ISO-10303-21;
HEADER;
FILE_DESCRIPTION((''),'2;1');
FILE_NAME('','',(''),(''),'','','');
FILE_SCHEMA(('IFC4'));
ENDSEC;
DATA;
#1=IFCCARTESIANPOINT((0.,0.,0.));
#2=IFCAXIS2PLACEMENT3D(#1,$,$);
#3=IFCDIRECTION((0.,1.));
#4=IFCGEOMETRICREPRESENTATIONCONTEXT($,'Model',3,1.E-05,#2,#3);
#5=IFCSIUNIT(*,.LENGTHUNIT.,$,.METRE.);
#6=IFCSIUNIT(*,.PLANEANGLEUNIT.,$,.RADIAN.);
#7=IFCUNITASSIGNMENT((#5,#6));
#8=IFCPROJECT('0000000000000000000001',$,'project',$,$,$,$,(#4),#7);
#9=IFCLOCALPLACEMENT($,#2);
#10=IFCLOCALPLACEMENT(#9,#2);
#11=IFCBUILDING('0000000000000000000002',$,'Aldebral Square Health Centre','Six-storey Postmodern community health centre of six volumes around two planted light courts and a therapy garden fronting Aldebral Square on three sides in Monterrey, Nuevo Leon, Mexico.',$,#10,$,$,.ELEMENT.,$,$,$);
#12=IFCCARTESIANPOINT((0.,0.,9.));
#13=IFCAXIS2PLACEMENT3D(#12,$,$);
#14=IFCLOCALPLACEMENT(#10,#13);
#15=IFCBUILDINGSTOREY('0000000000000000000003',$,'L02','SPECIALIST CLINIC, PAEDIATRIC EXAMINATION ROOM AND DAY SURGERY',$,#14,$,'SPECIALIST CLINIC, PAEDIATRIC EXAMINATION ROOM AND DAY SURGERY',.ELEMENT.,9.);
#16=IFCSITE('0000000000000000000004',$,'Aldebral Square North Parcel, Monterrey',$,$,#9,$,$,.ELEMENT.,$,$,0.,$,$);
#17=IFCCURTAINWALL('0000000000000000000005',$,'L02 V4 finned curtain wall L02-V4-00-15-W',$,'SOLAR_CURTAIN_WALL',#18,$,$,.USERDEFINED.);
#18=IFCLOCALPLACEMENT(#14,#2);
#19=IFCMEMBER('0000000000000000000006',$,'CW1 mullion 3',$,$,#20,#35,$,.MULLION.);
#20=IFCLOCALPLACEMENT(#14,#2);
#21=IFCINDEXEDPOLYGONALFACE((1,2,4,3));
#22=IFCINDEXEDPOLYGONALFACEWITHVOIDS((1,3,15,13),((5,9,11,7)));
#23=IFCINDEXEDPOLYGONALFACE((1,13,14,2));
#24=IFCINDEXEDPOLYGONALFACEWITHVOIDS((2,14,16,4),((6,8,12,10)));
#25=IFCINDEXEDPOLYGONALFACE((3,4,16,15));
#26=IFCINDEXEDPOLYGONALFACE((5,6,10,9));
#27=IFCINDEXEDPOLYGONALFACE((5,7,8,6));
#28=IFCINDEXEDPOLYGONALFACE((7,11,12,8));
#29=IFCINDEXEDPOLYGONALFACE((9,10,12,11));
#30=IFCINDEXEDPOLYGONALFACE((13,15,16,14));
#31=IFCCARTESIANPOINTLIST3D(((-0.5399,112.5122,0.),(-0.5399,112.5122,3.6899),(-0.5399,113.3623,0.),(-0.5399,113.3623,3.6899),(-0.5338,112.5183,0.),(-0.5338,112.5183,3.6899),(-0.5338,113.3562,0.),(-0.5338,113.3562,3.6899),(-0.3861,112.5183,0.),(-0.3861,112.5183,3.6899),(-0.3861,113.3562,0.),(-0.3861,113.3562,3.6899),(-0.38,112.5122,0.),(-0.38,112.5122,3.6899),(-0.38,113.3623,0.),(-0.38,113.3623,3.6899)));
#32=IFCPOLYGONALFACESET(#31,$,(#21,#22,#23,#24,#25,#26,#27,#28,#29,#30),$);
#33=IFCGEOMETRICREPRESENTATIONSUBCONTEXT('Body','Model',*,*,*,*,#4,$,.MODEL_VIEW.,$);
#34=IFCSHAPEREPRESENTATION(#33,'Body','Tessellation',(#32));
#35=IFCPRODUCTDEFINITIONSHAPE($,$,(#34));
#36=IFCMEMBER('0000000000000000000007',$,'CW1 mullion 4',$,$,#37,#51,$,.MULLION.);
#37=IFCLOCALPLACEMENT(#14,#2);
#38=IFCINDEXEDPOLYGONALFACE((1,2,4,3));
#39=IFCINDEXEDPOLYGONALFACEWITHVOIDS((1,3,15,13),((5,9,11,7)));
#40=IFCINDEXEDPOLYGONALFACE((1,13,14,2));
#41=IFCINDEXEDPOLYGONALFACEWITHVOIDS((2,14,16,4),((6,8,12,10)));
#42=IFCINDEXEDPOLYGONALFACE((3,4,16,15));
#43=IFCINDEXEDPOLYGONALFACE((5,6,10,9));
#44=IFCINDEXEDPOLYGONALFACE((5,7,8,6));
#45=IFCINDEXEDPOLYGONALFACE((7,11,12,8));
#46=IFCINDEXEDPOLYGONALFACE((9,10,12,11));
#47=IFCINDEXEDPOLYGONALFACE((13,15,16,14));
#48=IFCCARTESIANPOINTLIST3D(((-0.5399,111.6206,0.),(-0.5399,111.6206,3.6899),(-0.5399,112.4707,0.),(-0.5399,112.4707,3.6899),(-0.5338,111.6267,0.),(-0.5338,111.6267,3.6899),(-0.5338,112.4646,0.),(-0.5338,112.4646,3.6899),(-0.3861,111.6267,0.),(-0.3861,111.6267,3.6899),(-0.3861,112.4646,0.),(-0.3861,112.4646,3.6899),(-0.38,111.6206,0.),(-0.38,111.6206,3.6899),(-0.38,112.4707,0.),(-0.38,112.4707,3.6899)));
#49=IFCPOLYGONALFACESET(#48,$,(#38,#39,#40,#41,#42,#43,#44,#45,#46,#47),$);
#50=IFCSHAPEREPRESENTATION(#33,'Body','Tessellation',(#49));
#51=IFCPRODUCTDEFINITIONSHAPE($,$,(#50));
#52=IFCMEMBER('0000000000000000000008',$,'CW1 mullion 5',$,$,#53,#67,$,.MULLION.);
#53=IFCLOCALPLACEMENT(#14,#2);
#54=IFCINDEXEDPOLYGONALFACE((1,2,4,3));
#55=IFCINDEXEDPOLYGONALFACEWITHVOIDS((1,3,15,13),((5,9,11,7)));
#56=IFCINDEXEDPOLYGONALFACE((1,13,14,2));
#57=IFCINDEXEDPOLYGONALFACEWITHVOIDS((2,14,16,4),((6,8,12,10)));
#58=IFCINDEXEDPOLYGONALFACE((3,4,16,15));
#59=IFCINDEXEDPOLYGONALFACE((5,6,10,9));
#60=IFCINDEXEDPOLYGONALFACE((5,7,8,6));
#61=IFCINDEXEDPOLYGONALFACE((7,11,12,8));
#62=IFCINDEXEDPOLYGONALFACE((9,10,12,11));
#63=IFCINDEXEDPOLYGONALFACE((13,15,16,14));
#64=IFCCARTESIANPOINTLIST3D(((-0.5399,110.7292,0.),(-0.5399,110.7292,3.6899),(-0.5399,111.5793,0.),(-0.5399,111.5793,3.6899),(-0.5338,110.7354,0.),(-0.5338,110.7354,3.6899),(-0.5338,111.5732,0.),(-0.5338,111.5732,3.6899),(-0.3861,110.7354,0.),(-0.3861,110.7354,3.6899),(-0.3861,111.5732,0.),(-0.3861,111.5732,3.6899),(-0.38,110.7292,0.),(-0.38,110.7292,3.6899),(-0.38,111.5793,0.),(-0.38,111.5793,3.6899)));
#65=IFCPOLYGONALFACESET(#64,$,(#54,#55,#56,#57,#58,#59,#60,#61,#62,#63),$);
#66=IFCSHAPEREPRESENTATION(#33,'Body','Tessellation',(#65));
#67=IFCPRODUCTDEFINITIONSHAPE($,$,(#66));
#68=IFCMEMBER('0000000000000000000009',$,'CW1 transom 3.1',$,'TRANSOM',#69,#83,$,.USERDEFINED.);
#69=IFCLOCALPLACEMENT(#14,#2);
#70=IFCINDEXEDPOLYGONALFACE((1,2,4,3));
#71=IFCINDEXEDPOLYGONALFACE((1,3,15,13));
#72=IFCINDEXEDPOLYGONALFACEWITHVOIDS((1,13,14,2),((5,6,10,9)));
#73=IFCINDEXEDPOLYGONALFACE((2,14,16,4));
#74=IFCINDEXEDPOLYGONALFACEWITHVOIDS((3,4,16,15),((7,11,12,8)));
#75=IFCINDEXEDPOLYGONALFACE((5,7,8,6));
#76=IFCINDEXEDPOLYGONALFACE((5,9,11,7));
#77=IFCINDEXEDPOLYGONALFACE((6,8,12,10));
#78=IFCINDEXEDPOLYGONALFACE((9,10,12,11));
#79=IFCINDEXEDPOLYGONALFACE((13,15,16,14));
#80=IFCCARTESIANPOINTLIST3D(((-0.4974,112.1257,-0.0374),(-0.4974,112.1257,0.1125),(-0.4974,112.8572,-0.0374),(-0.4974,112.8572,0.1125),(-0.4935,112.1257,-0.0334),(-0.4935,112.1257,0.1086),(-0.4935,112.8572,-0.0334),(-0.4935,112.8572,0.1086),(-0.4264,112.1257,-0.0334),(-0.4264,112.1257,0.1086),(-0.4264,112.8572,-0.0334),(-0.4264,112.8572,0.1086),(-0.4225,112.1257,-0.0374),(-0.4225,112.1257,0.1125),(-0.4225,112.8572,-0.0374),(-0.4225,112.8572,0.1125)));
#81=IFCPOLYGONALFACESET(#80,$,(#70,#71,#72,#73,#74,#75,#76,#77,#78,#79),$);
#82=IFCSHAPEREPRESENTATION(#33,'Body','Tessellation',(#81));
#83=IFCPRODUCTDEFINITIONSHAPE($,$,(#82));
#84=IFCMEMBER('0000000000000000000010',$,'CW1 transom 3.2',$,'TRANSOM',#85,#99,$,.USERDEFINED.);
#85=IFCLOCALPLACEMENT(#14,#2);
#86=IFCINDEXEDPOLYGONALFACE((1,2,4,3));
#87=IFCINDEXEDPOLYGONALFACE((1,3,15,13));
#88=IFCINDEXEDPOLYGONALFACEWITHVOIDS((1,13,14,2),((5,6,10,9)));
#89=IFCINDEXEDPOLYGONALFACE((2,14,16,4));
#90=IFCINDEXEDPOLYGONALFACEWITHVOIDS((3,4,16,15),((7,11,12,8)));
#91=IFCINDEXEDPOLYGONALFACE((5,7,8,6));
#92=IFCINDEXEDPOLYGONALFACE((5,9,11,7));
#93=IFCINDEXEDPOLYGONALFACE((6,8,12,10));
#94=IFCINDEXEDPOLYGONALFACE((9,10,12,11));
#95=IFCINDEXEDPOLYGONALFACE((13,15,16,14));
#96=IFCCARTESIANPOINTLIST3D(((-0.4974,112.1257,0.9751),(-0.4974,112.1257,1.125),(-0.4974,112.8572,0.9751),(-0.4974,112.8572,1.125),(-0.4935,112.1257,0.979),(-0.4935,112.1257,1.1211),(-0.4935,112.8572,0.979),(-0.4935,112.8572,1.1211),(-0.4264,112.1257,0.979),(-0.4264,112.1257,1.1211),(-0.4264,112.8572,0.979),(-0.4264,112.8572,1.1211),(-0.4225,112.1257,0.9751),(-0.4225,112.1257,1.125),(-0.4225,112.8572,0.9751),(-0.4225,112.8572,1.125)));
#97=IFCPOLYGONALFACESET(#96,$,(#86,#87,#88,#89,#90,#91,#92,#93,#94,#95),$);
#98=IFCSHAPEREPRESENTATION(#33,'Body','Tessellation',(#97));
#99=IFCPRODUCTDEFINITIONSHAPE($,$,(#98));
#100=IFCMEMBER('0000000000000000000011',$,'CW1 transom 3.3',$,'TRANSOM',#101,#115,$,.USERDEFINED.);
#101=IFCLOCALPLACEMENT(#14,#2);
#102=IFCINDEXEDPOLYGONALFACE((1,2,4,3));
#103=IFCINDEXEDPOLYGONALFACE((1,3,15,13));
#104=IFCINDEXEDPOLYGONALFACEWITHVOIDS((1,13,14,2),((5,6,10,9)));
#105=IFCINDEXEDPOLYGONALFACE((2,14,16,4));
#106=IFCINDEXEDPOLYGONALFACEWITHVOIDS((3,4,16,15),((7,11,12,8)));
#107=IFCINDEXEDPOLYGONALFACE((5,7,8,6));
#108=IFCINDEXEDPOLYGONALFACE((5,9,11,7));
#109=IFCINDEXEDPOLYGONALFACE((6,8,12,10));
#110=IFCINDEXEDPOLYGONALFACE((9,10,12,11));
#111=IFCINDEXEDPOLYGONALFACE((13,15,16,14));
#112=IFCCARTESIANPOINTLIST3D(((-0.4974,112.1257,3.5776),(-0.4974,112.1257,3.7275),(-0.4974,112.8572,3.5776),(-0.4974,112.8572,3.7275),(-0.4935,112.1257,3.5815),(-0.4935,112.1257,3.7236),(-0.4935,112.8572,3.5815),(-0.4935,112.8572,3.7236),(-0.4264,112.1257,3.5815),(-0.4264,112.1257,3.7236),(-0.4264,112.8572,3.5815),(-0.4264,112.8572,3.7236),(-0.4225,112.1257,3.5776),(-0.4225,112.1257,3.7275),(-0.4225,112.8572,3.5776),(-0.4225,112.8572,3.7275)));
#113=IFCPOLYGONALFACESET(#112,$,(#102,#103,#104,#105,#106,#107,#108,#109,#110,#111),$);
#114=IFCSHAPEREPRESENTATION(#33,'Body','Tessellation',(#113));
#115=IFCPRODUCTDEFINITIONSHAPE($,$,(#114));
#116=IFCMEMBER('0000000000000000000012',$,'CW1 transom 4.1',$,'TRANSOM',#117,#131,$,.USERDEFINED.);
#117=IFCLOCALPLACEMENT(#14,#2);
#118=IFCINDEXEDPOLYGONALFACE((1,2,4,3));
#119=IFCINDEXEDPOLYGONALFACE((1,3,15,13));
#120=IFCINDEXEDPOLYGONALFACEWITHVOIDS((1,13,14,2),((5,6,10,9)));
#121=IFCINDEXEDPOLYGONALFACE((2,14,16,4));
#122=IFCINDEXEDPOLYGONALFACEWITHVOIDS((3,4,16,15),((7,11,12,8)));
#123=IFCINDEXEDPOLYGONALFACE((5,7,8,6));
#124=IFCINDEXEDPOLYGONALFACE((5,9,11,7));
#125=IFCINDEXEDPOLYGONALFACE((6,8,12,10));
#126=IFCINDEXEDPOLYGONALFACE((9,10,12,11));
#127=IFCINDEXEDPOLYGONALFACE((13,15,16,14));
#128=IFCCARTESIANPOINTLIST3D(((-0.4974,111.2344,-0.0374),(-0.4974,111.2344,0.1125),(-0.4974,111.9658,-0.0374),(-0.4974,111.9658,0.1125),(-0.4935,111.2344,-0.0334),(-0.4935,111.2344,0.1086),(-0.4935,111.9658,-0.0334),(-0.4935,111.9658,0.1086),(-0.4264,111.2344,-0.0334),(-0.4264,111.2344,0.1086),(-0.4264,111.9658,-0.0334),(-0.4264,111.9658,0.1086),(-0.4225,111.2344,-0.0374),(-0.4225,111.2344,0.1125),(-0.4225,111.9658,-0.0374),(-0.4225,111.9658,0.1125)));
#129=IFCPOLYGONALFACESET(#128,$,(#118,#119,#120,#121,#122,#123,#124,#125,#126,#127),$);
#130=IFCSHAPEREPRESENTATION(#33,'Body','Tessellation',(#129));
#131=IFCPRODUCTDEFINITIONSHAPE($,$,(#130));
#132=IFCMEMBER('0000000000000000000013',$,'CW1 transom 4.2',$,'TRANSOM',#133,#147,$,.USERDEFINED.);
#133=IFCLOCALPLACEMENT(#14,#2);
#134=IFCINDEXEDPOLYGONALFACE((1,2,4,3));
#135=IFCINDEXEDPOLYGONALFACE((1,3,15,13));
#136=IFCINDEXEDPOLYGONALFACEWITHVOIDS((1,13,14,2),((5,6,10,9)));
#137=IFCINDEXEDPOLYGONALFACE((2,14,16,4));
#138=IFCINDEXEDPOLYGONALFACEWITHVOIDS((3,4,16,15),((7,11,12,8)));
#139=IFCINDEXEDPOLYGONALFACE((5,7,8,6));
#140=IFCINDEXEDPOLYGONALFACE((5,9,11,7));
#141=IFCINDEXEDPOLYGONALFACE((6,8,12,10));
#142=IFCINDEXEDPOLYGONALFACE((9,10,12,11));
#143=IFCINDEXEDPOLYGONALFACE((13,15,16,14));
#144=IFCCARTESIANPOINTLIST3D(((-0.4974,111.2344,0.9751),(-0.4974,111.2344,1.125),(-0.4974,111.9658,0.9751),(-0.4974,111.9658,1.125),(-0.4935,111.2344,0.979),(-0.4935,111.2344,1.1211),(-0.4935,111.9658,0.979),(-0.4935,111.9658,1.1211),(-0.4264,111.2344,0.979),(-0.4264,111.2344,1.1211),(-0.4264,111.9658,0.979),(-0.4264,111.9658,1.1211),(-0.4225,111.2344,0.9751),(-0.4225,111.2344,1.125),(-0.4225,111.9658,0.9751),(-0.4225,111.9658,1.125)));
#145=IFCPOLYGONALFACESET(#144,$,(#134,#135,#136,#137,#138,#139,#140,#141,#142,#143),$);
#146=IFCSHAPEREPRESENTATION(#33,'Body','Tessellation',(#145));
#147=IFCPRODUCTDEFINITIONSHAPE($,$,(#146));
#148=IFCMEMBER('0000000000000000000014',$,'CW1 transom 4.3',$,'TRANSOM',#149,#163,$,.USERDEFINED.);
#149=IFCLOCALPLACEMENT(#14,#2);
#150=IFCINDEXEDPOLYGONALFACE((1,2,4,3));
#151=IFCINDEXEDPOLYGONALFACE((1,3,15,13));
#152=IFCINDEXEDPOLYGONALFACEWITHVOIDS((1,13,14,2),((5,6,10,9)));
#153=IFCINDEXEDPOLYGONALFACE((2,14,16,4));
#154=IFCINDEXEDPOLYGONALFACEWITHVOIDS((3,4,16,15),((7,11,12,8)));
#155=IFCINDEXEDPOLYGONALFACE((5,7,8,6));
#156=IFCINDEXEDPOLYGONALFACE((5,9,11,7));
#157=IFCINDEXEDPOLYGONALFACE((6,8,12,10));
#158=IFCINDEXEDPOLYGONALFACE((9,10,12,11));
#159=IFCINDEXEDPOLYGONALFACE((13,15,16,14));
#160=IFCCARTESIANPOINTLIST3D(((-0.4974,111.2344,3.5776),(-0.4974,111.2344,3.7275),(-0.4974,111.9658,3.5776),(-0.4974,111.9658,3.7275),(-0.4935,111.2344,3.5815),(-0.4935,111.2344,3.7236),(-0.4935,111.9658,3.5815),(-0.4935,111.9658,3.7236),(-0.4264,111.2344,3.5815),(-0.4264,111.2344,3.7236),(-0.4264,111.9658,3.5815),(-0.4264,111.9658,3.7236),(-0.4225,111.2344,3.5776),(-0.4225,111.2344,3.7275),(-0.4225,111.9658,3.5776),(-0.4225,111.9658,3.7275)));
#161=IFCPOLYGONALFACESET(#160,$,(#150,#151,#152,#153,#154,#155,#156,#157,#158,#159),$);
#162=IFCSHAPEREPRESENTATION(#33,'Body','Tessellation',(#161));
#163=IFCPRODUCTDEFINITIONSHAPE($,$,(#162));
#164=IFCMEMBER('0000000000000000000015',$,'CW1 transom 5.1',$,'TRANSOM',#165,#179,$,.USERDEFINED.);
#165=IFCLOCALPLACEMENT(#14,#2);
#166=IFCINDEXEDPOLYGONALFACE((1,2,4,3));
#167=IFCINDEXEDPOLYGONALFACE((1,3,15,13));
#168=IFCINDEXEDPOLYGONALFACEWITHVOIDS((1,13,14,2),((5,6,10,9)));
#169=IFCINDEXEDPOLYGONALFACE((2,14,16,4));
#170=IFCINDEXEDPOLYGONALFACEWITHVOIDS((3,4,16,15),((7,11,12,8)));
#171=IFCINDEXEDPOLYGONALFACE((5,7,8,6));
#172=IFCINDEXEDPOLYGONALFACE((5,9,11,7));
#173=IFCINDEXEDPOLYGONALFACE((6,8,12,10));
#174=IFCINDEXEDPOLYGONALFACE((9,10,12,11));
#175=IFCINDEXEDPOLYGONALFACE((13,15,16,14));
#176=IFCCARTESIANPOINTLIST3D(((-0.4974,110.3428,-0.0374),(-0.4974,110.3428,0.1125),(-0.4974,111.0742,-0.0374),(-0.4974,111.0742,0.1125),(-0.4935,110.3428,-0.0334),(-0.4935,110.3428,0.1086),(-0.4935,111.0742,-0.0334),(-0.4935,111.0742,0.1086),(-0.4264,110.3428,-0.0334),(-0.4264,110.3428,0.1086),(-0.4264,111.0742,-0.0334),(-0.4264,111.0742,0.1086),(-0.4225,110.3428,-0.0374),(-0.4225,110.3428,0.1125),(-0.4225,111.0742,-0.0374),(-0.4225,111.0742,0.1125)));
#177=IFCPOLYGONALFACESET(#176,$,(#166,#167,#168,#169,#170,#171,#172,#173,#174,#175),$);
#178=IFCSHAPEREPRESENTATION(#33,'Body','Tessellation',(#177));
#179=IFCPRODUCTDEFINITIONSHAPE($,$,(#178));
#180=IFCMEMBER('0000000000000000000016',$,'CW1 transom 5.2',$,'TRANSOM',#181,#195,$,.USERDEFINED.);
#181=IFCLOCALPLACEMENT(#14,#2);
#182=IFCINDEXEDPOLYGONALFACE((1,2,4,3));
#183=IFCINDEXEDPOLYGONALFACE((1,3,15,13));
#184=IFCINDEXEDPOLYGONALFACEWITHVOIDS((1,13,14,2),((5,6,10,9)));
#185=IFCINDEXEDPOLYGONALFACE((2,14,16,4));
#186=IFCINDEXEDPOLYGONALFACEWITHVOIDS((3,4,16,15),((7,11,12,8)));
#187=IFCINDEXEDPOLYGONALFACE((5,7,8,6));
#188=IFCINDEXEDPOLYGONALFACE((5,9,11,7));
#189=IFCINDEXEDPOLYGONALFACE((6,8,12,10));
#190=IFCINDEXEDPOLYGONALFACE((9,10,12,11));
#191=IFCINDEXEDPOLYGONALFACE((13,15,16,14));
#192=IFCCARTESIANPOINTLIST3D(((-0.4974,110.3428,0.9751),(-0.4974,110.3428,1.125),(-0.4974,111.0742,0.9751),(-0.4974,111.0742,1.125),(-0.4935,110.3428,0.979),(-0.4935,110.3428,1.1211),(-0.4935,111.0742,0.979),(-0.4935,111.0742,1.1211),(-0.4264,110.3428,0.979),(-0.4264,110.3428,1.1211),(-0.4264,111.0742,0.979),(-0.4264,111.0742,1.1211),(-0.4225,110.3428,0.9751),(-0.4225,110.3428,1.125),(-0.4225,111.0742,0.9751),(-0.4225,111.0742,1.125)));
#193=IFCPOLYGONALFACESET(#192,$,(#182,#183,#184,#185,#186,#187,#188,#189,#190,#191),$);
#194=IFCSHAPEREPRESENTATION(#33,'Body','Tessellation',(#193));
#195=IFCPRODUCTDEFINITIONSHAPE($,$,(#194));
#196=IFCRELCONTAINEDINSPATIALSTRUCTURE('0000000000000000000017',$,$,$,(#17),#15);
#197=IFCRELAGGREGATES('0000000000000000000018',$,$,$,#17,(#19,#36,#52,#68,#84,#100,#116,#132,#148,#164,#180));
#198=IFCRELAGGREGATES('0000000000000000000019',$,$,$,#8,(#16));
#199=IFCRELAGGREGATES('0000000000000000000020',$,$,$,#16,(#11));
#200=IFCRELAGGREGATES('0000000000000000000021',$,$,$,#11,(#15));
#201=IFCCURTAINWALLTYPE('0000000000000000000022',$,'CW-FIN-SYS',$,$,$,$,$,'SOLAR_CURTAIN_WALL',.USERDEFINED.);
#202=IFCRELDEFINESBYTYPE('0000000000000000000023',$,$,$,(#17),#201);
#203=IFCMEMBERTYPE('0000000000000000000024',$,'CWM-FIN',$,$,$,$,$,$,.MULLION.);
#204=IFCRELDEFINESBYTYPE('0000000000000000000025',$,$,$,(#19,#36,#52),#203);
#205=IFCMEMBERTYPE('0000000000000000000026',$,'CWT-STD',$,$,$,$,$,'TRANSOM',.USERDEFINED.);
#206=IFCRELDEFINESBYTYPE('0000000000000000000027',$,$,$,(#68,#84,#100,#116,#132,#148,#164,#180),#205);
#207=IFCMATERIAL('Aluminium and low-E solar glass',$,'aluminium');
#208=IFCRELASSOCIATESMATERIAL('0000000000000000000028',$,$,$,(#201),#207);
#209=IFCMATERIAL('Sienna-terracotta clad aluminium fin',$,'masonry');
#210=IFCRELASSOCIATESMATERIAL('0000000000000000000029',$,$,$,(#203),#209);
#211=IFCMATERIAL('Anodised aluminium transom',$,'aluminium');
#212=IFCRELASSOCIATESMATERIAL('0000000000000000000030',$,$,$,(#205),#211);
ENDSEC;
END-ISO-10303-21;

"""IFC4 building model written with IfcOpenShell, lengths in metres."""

from ifc_helpers import new_model, si_unit, direction, frame, origin, origin_2d, place, context, subcontext, project, spatial, hollow_rectangle, extrude, material, material_profile, profile_set, type_object, element, aggregate, save


model = new_model("IFC4")

# Units and contexts
model_context = context("Model", 3, precision=1e-05, world=origin(), true_north=direction((0.0, 1.0)))
body_context = subcontext(model_context, "Body", "Model", "MODEL_VIEW")
ifc_project = project(units=[si_unit("LENGTHUNIT", "METRE"), si_unit("PLANEANGLEUNIT", "RADIAN")], contexts=[model_context])

# Site, building, storey
site_placement = place(None, origin())
site = spatial("IfcSite", under=ifc_project, at=site_placement, Name="Aldebral Square North Parcel, Monterrey", CompositionType="ELEMENT", RefElevation=0.0)
building_placement = place(site_placement, origin())
building = spatial("IfcBuilding", under=site, at=building_placement, Name="Aldebral Square Health Centre", Description="Six-storey Postmodern community health centre of six volumes around two planted light courts and a therapy garden fronting Aldebral Square on three sides in Monterrey, Nuevo Leon, Mexico.", CompositionType="ELEMENT")
storey_placement = place(building_placement, frame((0.0, 0.0, 9.0)))
storey = spatial("IfcBuildingStorey", under=building, at=storey_placement, Name="L02", Description="SPECIALIST CLINIC, PAEDIATRIC EXAMINATION ROOM AND DAY SURGERY", LongName="SPECIALIST CLINIC, PAEDIATRIC EXAMINATION ROOM AND DAY SURGERY", CompositionType="ELEMENT", Elevation=9.0)

# Curtain wall, members
ifc_material_1 = material(Name="Aluminium and low-E solar glass", Category="aluminium")
curtain_wall_type = type_object("IfcCurtainWallType", Name="CW-FIN-SYS", ElementType="SOLAR_CURTAIN_WALL", PredefinedType="USERDEFINED", material=ifc_material_1)
curtain_wall_placement = place(storey_placement, origin())
curtain_wall = element("IfcCurtainWall", 1, at=curtain_wall_placement, inside=storey, type_object=curtain_wall_type, Name="L02 V4 finned curtain wall L02-V4-00-15-W", ObjectType="SOLAR_CURTAIN_WALL", PredefinedType="USERDEFINED")
ifc_material_2 = material(Name="Sienna-terracotta clad aluminium fin", Category="masonry")
ifc_material_profile_1 = material_profile(ifc_material_2, hollow_rectangle(XDim=0.1599, YDim=0.8501, WallThickness=0.0061, at=origin_2d()), Name="FIN 160x850x6")
ifc_profile_set_1 = profile_set([ifc_material_profile_1], Name="Sienna-terracotta clad aluminium fin")
member_type_1 = type_object("IfcMemberType", Name="CWM-FIN", PredefinedType="MULLION", material=ifc_profile_set_1)
member_1_placement = place(storey_placement, frame((-0.46, 112.9373, 0.0), z_axis=(0.0, 0.0, 1.0), x_axis=(1.0, 0.0, 0.0)))
member_1 = element("IfcMember", 2, at=member_1_placement, type_object=member_type_1, Name="CW1 mullion 3", PredefinedType="MULLION", context=body_context, shape_type="SweptSolid", body=[
    extrude(hollow_rectangle(XDim=0.1599, YDim=0.8501, WallThickness=0.0061, at=origin_2d()), origin(), (0.0, 0.0, 1.0), 3.6899),
])
member_2_placement = place(storey_placement, frame((-0.46, 112.0457, 0.0), z_axis=(0.0, 0.0, 1.0), x_axis=(1.0, 0.0, 0.0)))
member_2 = element("IfcMember", 3, at=member_2_placement, type_object=member_type_1, Name="CW1 mullion 4", PredefinedType="MULLION", context=body_context, shape_type="SweptSolid", body=[
    extrude(hollow_rectangle(XDim=0.1599, YDim=0.8501, WallThickness=0.0061, at=origin_2d()), origin(), (0.0, 0.0, 1.0), 3.6899),
])
member_3_placement = place(storey_placement, frame((-0.46, 111.1543, 0.0), z_axis=(0.0, 0.0, 1.0), x_axis=(1.0, 0.0, 0.0)))
member_3 = element("IfcMember", 4, at=member_3_placement, type_object=member_type_1, Name="CW1 mullion 5", PredefinedType="MULLION", context=body_context, shape_type="SweptSolid", body=[
    extrude(hollow_rectangle(XDim=0.1599, YDim=0.8501, WallThickness=0.0061, at=origin_2d()), origin(), (0.0, 0.0, 1.0), 3.6899),
])
ifc_material_3 = material(Name="Anodised aluminium transom", Category="aluminium")
ifc_material_profile_2 = material_profile(ifc_material_3, hollow_rectangle(XDim=0.075, YDim=0.1499, WallThickness=0.0039, at=origin_2d()), Name="CWT 75x150x4")
ifc_profile_set_2 = profile_set([ifc_material_profile_2], Name="Anodised aluminium transom")
member_type_2 = type_object("IfcMemberType", Name="CWT-STD", ElementType="TRANSOM", PredefinedType="USERDEFINED", material=ifc_profile_set_2)
member_4_placement = place(storey_placement, frame((-0.46, 112.8572, 0.0376), z_axis=(0.0, -1.0, 0.0), x_axis=(1.0, 0.0, 0.0)))
member_4 = element("IfcMember", 5, at=member_4_placement, type_object=member_type_2, Name="CW1 transom 3.1", ObjectType="TRANSOM", PredefinedType="USERDEFINED", context=body_context, shape_type="SweptSolid", body=[
    extrude(hollow_rectangle(XDim=0.075, YDim=0.1499, WallThickness=0.0039, at=origin_2d()), origin(), (0.0, 0.0, 1.0), 0.7314),
])
member_5_placement = place(storey_placement, frame((-0.46, 112.8572, 1.05), z_axis=(0.0, -1.0, 0.0), x_axis=(1.0, 0.0, 0.0)))
member_5 = element("IfcMember", 6, at=member_5_placement, type_object=member_type_2, Name="CW1 transom 3.2", ObjectType="TRANSOM", PredefinedType="USERDEFINED", context=body_context, shape_type="SweptSolid", body=[
    extrude(hollow_rectangle(XDim=0.075, YDim=0.1499, WallThickness=0.0039, at=origin_2d()), origin(), (0.0, 0.0, 1.0), 0.7314),
])
member_6_placement = place(storey_placement, frame((-0.46, 112.8572, 3.6526), z_axis=(0.0, -1.0, 0.0), x_axis=(1.0, 0.0, 0.0)))
member_6 = element("IfcMember", 7, at=member_6_placement, type_object=member_type_2, Name="CW1 transom 3.3", ObjectType="TRANSOM", PredefinedType="USERDEFINED", context=body_context, shape_type="SweptSolid", body=[
    extrude(hollow_rectangle(XDim=0.075, YDim=0.1499, WallThickness=0.0039, at=origin_2d()), origin(), (0.0, 0.0, 1.0), 0.7314),
])
member_7_placement = place(storey_placement, frame((-0.46, 111.9658, 0.0376), z_axis=(0.0, -1.0, 0.0), x_axis=(1.0, 0.0, 0.0)))
member_7 = element("IfcMember", 8, at=member_7_placement, type_object=member_type_2, Name="CW1 transom 4.1", ObjectType="TRANSOM", PredefinedType="USERDEFINED", context=body_context, shape_type="SweptSolid", body=[
    extrude(hollow_rectangle(XDim=0.075, YDim=0.1499, WallThickness=0.0039, at=origin_2d()), origin(), (0.0, 0.0, 1.0), 0.7314),
])
member_8_placement = place(storey_placement, frame((-0.46, 111.9658, 1.05), z_axis=(0.0, -1.0, 0.0), x_axis=(1.0, 0.0, 0.0)))
member_8 = element("IfcMember", 9, at=member_8_placement, type_object=member_type_2, Name="CW1 transom 4.2", ObjectType="TRANSOM", PredefinedType="USERDEFINED", context=body_context, shape_type="SweptSolid", body=[
    extrude(hollow_rectangle(XDim=0.075, YDim=0.1499, WallThickness=0.0039, at=origin_2d()), origin(), (0.0, 0.0, 1.0), 0.7314),
])
member_9_placement = place(storey_placement, frame((-0.46, 111.9658, 3.6526), z_axis=(0.0, -1.0, 0.0), x_axis=(1.0, 0.0, 0.0)))
member_9 = element("IfcMember", 10, at=member_9_placement, type_object=member_type_2, Name="CW1 transom 4.3", ObjectType="TRANSOM", PredefinedType="USERDEFINED", context=body_context, shape_type="SweptSolid", body=[
    extrude(hollow_rectangle(XDim=0.075, YDim=0.1499, WallThickness=0.0039, at=origin_2d()), origin(), (0.0, 0.0, 1.0), 0.7314),
])
member_10_placement = place(storey_placement, frame((-0.46, 111.0742, 0.0376), z_axis=(0.0, -1.0, 0.0), x_axis=(1.0, 0.0, 0.0)))
member_10 = element("IfcMember", 11, at=member_10_placement, type_object=member_type_2, Name="CW1 transom 5.1", ObjectType="TRANSOM", PredefinedType="USERDEFINED", context=body_context, shape_type="SweptSolid", body=[
    extrude(hollow_rectangle(XDim=0.075, YDim=0.1499, WallThickness=0.0039, at=origin_2d()), origin(), (0.0, 0.0, 1.0), 0.7314),
])
member_11_placement = place(storey_placement, frame((-0.46, 111.0742, 1.05), z_axis=(0.0, -1.0, 0.0), x_axis=(1.0, 0.0, 0.0)))
member_11 = element("IfcMember", 12, at=member_11_placement, type_object=member_type_2, Name="CW1 transom 5.2", ObjectType="TRANSOM", PredefinedType="USERDEFINED", context=body_context, shape_type="SweptSolid", body=[
    extrude(hollow_rectangle(XDim=0.075, YDim=0.1499, WallThickness=0.0039, at=origin_2d()), origin(), (0.0, 0.0, 1.0), 0.7314),
])
aggregate(curtain_wall, [member_1, member_2, member_3, member_4, member_5, member_6, member_7, member_8, member_9, member_10, member_11])

save(model, "model.ifc")
